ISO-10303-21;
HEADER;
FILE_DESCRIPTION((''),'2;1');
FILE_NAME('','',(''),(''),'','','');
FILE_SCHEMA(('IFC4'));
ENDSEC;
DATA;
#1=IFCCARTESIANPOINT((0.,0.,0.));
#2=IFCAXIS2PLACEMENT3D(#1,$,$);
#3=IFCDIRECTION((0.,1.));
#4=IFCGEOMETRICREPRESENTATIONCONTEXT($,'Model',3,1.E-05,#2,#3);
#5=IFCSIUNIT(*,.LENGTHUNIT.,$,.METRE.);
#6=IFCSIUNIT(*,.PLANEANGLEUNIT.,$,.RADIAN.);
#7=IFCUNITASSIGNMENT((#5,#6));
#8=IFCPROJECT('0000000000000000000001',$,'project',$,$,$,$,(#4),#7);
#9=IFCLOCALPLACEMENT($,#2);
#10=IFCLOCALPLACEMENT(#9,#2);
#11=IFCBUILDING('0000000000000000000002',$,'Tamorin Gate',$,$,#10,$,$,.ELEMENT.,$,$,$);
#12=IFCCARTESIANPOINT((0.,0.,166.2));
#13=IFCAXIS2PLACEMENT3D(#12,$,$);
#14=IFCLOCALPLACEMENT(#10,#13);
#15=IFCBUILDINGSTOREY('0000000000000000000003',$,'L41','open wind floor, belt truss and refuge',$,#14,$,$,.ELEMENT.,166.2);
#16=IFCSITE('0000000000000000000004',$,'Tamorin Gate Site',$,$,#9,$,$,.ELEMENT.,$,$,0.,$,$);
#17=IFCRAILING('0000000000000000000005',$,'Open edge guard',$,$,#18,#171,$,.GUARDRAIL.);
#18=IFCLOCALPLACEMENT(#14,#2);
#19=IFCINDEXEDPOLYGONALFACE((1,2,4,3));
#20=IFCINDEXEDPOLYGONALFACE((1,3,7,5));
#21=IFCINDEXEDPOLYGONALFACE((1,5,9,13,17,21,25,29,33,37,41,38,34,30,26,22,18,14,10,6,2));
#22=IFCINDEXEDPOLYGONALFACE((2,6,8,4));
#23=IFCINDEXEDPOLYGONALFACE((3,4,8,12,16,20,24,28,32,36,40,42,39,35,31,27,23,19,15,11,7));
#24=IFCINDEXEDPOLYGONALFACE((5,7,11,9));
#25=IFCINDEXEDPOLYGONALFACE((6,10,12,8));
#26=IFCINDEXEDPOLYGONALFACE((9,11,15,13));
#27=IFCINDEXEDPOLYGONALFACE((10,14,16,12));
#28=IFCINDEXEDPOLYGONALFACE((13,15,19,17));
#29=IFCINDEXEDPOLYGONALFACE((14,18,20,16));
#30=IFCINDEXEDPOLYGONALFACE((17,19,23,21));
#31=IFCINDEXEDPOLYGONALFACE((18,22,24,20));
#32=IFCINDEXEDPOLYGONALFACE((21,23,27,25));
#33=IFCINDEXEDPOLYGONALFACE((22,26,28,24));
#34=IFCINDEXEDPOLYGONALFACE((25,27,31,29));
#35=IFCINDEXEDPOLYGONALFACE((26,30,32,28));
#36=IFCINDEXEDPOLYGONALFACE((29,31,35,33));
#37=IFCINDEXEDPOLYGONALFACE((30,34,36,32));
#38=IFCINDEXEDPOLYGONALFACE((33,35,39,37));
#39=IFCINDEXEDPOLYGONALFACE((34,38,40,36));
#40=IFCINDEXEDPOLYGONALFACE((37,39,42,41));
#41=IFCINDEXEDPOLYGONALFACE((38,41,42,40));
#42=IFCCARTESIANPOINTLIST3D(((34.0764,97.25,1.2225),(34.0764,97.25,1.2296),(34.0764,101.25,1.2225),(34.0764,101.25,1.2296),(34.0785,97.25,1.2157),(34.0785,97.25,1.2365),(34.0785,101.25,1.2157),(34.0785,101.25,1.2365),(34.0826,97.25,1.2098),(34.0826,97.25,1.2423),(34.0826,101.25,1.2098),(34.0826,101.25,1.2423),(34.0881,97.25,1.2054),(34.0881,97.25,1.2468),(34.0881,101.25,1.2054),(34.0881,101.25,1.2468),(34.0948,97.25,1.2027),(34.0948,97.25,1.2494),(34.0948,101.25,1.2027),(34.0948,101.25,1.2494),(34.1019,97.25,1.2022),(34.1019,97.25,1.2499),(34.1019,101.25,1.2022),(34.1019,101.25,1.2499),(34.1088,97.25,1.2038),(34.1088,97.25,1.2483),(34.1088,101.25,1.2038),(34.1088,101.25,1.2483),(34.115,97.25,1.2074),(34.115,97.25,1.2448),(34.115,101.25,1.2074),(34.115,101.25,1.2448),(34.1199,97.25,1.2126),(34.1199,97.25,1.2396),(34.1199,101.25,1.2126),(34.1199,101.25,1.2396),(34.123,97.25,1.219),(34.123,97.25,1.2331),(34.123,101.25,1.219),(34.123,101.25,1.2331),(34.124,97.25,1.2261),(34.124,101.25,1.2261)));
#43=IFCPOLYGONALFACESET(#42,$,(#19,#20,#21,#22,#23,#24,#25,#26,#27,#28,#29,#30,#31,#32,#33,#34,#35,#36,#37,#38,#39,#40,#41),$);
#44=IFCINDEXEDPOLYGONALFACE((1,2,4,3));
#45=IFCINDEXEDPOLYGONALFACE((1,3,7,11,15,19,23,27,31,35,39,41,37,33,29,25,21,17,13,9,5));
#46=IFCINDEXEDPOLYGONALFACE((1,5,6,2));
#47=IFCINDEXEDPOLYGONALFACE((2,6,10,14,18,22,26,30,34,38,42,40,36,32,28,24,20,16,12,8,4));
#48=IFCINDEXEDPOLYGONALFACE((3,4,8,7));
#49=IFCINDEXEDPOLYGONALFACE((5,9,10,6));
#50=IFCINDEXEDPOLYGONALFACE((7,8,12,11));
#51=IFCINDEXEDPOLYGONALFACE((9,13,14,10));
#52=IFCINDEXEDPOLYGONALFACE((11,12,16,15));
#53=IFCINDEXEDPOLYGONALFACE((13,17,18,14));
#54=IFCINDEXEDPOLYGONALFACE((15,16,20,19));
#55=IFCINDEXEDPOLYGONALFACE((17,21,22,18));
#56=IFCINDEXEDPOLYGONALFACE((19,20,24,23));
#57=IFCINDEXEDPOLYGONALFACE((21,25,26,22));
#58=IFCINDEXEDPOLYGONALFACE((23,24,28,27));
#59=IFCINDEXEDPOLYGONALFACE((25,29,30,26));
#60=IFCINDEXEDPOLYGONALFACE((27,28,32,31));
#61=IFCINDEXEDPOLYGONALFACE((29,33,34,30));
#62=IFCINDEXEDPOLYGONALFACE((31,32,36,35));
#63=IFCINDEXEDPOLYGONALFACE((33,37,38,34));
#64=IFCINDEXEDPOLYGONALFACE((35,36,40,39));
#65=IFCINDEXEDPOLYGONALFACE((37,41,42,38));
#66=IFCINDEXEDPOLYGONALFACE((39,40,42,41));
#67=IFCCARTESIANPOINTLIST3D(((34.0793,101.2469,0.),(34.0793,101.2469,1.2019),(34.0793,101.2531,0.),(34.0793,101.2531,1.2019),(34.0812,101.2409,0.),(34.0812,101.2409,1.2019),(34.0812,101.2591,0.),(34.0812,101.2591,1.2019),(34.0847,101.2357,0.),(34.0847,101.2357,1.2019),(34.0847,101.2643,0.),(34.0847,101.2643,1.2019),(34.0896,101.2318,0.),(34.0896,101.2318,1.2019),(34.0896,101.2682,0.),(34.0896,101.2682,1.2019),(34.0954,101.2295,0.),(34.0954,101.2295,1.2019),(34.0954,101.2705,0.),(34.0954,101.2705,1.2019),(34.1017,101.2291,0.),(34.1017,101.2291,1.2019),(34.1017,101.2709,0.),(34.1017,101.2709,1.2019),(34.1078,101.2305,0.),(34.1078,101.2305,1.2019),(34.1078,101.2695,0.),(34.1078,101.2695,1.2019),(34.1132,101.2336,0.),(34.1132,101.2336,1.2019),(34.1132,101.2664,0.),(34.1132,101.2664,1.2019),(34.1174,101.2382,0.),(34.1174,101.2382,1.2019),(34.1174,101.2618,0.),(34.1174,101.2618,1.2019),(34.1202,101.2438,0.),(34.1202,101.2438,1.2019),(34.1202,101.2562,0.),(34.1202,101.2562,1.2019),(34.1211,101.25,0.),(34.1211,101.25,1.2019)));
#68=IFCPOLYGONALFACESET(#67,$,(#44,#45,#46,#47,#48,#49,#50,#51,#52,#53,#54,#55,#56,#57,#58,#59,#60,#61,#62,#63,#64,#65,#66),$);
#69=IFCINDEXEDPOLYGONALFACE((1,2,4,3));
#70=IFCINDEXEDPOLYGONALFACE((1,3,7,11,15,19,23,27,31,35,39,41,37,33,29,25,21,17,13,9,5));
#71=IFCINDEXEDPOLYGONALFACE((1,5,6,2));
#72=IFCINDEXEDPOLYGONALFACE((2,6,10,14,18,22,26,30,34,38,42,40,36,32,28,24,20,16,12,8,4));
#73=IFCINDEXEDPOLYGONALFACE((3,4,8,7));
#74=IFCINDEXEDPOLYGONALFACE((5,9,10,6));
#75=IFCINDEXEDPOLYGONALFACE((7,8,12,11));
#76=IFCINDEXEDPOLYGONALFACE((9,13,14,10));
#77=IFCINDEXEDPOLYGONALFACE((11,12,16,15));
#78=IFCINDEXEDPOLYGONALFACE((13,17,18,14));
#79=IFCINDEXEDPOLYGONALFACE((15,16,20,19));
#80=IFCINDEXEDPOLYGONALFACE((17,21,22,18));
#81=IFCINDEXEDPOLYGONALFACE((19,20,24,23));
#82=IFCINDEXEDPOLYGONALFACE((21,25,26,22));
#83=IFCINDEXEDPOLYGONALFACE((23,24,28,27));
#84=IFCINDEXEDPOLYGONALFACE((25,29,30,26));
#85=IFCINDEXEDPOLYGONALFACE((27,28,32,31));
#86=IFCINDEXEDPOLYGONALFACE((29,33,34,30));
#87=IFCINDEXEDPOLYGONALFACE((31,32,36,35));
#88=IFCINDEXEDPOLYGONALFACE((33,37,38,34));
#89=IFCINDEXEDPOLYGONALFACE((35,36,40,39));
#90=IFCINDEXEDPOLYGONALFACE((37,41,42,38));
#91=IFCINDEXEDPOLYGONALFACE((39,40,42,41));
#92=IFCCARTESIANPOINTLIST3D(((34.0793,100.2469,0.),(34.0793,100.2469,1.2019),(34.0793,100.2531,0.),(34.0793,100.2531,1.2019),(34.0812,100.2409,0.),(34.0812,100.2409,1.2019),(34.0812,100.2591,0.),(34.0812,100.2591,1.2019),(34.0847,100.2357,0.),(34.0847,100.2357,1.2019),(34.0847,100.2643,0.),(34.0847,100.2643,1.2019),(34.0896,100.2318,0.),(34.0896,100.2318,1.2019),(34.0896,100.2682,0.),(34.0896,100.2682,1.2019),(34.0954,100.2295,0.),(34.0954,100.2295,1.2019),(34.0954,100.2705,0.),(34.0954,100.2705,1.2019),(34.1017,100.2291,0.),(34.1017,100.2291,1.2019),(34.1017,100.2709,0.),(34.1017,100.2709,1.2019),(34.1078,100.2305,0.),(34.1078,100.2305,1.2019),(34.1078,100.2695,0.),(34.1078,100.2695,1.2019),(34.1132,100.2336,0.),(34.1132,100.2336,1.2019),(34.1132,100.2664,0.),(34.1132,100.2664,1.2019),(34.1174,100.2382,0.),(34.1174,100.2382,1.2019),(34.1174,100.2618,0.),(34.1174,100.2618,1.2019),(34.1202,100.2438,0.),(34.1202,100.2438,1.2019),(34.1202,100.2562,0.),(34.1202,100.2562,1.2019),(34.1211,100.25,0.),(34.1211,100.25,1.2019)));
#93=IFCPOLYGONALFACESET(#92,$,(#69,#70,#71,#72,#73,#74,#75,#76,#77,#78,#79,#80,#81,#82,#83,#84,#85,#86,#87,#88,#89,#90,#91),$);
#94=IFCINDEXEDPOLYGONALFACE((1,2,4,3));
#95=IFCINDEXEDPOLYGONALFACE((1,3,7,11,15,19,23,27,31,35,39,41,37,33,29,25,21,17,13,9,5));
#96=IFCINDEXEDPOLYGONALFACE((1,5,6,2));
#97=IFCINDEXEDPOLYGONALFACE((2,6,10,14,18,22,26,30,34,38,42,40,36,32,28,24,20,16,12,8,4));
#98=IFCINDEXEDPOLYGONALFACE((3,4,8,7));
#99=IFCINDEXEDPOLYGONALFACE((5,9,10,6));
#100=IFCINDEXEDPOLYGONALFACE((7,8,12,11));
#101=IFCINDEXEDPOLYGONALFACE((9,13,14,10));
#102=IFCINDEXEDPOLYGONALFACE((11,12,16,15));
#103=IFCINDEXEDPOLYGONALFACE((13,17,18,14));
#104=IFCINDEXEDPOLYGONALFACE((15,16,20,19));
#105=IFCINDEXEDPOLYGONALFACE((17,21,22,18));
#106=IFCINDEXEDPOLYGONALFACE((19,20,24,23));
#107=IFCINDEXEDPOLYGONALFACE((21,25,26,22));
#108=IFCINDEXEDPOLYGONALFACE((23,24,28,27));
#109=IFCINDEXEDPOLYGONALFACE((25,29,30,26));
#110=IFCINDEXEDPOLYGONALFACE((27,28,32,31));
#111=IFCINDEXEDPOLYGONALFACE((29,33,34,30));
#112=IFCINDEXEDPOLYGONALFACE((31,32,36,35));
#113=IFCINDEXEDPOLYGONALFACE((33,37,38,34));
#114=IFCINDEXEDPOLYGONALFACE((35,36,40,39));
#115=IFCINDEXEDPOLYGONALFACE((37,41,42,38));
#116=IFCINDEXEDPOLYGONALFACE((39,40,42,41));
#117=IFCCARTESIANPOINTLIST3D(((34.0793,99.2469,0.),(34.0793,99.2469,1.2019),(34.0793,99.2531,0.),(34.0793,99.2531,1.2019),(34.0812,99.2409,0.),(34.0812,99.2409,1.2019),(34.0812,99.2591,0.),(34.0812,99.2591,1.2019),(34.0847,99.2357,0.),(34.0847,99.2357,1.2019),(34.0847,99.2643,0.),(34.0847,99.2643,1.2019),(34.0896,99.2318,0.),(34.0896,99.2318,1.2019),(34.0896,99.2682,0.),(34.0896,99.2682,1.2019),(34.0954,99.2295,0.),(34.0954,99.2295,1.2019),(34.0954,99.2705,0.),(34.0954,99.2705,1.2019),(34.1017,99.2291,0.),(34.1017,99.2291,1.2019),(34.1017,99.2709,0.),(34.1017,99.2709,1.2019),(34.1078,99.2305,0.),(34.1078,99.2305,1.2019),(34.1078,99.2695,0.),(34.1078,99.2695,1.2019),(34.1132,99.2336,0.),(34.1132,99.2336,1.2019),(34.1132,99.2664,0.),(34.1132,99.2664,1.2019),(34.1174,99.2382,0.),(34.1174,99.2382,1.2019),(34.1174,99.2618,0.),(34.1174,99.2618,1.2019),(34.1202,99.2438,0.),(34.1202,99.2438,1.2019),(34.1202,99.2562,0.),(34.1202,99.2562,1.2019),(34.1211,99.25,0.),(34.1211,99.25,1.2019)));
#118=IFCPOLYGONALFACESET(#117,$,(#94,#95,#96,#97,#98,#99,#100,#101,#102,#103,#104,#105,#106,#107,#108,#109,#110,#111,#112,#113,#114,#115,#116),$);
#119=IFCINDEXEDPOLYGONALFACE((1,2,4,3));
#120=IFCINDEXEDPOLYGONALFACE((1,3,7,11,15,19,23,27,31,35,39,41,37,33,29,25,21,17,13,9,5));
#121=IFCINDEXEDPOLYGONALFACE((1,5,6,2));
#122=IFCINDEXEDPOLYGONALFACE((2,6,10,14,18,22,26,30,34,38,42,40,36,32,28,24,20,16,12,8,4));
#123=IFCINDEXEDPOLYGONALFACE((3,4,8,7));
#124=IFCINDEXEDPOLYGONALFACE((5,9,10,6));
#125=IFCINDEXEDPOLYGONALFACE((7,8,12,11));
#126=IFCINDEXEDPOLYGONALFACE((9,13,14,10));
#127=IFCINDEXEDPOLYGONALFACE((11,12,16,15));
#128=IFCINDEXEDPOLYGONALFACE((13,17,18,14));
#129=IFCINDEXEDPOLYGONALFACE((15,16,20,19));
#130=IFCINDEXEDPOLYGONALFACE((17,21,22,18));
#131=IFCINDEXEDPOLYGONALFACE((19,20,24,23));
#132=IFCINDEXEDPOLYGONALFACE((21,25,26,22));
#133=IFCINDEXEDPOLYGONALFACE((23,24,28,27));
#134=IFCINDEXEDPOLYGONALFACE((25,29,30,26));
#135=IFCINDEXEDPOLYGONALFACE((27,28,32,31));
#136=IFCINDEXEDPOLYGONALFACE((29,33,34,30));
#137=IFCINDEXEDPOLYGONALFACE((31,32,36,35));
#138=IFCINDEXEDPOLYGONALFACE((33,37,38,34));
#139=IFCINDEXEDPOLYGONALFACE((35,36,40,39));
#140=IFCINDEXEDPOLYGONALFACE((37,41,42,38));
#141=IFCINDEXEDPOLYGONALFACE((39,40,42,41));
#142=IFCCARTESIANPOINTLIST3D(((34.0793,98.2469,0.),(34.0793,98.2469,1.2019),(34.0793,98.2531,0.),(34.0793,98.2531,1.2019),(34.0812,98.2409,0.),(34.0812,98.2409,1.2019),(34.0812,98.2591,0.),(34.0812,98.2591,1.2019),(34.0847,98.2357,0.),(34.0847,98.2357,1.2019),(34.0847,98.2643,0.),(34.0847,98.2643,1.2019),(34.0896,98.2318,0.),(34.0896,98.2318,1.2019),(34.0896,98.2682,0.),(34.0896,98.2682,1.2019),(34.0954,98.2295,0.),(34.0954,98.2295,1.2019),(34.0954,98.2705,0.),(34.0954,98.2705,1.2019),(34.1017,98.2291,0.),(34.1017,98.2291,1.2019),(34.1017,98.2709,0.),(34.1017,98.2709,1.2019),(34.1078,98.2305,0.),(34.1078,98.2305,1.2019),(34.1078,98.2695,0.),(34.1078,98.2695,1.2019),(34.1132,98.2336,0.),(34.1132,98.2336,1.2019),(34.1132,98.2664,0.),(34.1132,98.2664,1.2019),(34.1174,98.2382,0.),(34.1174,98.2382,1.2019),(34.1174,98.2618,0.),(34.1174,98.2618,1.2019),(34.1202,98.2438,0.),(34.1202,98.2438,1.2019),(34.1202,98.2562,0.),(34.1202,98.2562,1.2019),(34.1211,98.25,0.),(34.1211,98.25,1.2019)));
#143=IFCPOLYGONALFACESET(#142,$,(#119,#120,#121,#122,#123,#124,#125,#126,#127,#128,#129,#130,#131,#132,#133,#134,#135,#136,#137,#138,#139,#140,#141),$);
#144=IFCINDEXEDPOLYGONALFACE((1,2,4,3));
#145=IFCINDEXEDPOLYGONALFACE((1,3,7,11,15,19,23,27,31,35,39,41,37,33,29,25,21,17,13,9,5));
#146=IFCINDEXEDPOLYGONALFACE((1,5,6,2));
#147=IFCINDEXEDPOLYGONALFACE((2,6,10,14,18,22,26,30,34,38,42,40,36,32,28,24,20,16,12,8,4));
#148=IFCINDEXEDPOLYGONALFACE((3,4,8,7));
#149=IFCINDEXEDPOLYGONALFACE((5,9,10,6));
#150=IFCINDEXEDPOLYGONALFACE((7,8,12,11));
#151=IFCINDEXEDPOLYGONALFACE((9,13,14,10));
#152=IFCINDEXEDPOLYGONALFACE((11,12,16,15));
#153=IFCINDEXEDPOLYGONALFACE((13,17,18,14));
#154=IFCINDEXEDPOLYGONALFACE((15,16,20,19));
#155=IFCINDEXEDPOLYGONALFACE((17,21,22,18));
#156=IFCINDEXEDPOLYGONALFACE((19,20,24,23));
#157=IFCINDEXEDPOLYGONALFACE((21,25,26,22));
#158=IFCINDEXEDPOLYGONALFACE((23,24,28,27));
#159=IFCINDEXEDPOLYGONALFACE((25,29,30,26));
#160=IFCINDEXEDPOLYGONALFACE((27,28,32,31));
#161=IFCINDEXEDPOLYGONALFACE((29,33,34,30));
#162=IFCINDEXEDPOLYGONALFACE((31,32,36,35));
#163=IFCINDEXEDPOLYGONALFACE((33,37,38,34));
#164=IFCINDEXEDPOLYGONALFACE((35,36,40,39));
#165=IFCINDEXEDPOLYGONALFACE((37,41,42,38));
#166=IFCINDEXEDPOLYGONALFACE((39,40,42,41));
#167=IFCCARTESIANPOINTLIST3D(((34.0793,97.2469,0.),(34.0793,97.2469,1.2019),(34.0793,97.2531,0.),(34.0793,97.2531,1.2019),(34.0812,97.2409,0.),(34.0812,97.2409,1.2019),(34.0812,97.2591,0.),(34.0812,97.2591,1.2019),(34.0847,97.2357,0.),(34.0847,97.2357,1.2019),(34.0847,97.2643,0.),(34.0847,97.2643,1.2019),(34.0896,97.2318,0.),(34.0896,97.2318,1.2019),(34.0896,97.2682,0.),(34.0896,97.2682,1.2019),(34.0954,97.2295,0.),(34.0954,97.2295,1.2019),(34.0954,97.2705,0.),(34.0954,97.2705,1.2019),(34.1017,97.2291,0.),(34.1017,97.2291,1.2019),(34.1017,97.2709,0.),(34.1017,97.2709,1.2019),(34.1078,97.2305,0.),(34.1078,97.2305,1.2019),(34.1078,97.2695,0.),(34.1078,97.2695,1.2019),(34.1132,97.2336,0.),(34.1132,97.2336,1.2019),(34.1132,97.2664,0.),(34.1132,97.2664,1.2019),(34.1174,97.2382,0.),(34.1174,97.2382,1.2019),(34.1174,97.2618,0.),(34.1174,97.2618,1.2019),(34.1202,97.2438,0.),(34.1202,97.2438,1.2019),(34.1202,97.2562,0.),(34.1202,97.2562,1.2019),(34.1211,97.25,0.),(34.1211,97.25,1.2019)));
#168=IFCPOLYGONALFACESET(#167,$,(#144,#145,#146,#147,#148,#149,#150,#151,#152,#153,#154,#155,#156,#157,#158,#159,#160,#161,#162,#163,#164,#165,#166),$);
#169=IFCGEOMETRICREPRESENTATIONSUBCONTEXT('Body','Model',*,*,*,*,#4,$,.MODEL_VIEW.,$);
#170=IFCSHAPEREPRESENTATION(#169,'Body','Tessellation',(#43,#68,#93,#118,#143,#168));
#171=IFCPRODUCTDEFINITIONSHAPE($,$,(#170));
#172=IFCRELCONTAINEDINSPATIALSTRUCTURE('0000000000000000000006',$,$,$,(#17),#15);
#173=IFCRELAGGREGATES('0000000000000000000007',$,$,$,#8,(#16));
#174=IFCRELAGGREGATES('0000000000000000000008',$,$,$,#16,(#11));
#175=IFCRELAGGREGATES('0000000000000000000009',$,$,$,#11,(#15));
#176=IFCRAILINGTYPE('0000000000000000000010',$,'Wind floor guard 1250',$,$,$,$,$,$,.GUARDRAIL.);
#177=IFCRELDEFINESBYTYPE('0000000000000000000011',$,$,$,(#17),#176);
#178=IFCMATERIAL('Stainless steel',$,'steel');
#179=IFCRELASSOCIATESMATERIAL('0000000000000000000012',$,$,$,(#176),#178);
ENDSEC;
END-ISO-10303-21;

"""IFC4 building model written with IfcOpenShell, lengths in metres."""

from ifc_helpers import new_model, si_unit, direction, frame, origin, origin_2d, place, context, subcontext, project, spatial, circle, extrude, material, type_object, element, save


model = new_model("IFC4")

# Units and contexts
model_context = context("Model", 3, precision=1e-05, world=origin(), true_north=direction((0.0, 1.0)))
body_context = subcontext(model_context, "Body", "Model", "MODEL_VIEW")
ifc_project = project(units=[si_unit("LENGTHUNIT", "METRE"), si_unit("PLANEANGLEUNIT", "RADIAN")], contexts=[model_context])

# Site, building, storey
site_placement = place(None, origin())
site = spatial("IfcSite", under=ifc_project, at=site_placement, Name="Tamorin Gate Site", CompositionType="ELEMENT", RefElevation=0.0)
building_placement = place(site_placement, origin())
building = spatial("IfcBuilding", under=site, at=building_placement, Name="Tamorin Gate", CompositionType="ELEMENT")
storey_placement = place(building_placement, frame((0.0, 0.0, 166.2)))
storey = spatial("IfcBuildingStorey", under=building, at=storey_placement, Name="L41", Description="open wind floor, belt truss and refuge", CompositionType="ELEMENT", Elevation=166.2)

# Railing
ifc_material_1 = material(Name="Stainless steel", Category="steel")
railing_type = type_object("IfcRailingType", Name="Wind floor guard 1250", PredefinedType="GUARDRAIL", material=ifc_material_1)
railing_1_placement = place(storey_placement, frame((34.1001, 101.25, 0.0)))
element("IfcRailing", 1, at=railing_1_placement, inside=storey, type_object=railing_type, Name="Open edge guard", PredefinedType="GUARDRAIL", context=body_context, shape_type="SweptSolid", body=[
    extrude(circle(Radius=0.0239, at=origin_2d()), frame((0.0, 0.0, 1.2261), z_axis=(0.0, -1.0, 0.0), x_axis=(1.0, 0.0, 0.0)), (0.0, 0.0, 1.0), 4.0),
    extrude(circle(Radius=0.021, at=origin_2d()), origin(), (0.0, 0.0, 1.0), 1.2019),
    extrude(circle(Radius=0.021, at=origin_2d()), frame((0.0, -1.0, 0.0)), (0.0, 0.0, 1.0), 1.2019),
    extrude(circle(Radius=0.021, at=origin_2d()), frame((0.0, -2.0, 0.0)), (0.0, 0.0, 1.0), 1.2019),
    extrude(circle(Radius=0.021, at=origin_2d()), frame((0.0, -3.0, 0.0)), (0.0, 0.0, 1.0), 1.2019),
    extrude(circle(Radius=0.021, at=origin_2d()), frame((0.0, -4.0, 0.0)), (0.0, 0.0, 1.0), 1.2019),
])

save(model, "model.ifc")
